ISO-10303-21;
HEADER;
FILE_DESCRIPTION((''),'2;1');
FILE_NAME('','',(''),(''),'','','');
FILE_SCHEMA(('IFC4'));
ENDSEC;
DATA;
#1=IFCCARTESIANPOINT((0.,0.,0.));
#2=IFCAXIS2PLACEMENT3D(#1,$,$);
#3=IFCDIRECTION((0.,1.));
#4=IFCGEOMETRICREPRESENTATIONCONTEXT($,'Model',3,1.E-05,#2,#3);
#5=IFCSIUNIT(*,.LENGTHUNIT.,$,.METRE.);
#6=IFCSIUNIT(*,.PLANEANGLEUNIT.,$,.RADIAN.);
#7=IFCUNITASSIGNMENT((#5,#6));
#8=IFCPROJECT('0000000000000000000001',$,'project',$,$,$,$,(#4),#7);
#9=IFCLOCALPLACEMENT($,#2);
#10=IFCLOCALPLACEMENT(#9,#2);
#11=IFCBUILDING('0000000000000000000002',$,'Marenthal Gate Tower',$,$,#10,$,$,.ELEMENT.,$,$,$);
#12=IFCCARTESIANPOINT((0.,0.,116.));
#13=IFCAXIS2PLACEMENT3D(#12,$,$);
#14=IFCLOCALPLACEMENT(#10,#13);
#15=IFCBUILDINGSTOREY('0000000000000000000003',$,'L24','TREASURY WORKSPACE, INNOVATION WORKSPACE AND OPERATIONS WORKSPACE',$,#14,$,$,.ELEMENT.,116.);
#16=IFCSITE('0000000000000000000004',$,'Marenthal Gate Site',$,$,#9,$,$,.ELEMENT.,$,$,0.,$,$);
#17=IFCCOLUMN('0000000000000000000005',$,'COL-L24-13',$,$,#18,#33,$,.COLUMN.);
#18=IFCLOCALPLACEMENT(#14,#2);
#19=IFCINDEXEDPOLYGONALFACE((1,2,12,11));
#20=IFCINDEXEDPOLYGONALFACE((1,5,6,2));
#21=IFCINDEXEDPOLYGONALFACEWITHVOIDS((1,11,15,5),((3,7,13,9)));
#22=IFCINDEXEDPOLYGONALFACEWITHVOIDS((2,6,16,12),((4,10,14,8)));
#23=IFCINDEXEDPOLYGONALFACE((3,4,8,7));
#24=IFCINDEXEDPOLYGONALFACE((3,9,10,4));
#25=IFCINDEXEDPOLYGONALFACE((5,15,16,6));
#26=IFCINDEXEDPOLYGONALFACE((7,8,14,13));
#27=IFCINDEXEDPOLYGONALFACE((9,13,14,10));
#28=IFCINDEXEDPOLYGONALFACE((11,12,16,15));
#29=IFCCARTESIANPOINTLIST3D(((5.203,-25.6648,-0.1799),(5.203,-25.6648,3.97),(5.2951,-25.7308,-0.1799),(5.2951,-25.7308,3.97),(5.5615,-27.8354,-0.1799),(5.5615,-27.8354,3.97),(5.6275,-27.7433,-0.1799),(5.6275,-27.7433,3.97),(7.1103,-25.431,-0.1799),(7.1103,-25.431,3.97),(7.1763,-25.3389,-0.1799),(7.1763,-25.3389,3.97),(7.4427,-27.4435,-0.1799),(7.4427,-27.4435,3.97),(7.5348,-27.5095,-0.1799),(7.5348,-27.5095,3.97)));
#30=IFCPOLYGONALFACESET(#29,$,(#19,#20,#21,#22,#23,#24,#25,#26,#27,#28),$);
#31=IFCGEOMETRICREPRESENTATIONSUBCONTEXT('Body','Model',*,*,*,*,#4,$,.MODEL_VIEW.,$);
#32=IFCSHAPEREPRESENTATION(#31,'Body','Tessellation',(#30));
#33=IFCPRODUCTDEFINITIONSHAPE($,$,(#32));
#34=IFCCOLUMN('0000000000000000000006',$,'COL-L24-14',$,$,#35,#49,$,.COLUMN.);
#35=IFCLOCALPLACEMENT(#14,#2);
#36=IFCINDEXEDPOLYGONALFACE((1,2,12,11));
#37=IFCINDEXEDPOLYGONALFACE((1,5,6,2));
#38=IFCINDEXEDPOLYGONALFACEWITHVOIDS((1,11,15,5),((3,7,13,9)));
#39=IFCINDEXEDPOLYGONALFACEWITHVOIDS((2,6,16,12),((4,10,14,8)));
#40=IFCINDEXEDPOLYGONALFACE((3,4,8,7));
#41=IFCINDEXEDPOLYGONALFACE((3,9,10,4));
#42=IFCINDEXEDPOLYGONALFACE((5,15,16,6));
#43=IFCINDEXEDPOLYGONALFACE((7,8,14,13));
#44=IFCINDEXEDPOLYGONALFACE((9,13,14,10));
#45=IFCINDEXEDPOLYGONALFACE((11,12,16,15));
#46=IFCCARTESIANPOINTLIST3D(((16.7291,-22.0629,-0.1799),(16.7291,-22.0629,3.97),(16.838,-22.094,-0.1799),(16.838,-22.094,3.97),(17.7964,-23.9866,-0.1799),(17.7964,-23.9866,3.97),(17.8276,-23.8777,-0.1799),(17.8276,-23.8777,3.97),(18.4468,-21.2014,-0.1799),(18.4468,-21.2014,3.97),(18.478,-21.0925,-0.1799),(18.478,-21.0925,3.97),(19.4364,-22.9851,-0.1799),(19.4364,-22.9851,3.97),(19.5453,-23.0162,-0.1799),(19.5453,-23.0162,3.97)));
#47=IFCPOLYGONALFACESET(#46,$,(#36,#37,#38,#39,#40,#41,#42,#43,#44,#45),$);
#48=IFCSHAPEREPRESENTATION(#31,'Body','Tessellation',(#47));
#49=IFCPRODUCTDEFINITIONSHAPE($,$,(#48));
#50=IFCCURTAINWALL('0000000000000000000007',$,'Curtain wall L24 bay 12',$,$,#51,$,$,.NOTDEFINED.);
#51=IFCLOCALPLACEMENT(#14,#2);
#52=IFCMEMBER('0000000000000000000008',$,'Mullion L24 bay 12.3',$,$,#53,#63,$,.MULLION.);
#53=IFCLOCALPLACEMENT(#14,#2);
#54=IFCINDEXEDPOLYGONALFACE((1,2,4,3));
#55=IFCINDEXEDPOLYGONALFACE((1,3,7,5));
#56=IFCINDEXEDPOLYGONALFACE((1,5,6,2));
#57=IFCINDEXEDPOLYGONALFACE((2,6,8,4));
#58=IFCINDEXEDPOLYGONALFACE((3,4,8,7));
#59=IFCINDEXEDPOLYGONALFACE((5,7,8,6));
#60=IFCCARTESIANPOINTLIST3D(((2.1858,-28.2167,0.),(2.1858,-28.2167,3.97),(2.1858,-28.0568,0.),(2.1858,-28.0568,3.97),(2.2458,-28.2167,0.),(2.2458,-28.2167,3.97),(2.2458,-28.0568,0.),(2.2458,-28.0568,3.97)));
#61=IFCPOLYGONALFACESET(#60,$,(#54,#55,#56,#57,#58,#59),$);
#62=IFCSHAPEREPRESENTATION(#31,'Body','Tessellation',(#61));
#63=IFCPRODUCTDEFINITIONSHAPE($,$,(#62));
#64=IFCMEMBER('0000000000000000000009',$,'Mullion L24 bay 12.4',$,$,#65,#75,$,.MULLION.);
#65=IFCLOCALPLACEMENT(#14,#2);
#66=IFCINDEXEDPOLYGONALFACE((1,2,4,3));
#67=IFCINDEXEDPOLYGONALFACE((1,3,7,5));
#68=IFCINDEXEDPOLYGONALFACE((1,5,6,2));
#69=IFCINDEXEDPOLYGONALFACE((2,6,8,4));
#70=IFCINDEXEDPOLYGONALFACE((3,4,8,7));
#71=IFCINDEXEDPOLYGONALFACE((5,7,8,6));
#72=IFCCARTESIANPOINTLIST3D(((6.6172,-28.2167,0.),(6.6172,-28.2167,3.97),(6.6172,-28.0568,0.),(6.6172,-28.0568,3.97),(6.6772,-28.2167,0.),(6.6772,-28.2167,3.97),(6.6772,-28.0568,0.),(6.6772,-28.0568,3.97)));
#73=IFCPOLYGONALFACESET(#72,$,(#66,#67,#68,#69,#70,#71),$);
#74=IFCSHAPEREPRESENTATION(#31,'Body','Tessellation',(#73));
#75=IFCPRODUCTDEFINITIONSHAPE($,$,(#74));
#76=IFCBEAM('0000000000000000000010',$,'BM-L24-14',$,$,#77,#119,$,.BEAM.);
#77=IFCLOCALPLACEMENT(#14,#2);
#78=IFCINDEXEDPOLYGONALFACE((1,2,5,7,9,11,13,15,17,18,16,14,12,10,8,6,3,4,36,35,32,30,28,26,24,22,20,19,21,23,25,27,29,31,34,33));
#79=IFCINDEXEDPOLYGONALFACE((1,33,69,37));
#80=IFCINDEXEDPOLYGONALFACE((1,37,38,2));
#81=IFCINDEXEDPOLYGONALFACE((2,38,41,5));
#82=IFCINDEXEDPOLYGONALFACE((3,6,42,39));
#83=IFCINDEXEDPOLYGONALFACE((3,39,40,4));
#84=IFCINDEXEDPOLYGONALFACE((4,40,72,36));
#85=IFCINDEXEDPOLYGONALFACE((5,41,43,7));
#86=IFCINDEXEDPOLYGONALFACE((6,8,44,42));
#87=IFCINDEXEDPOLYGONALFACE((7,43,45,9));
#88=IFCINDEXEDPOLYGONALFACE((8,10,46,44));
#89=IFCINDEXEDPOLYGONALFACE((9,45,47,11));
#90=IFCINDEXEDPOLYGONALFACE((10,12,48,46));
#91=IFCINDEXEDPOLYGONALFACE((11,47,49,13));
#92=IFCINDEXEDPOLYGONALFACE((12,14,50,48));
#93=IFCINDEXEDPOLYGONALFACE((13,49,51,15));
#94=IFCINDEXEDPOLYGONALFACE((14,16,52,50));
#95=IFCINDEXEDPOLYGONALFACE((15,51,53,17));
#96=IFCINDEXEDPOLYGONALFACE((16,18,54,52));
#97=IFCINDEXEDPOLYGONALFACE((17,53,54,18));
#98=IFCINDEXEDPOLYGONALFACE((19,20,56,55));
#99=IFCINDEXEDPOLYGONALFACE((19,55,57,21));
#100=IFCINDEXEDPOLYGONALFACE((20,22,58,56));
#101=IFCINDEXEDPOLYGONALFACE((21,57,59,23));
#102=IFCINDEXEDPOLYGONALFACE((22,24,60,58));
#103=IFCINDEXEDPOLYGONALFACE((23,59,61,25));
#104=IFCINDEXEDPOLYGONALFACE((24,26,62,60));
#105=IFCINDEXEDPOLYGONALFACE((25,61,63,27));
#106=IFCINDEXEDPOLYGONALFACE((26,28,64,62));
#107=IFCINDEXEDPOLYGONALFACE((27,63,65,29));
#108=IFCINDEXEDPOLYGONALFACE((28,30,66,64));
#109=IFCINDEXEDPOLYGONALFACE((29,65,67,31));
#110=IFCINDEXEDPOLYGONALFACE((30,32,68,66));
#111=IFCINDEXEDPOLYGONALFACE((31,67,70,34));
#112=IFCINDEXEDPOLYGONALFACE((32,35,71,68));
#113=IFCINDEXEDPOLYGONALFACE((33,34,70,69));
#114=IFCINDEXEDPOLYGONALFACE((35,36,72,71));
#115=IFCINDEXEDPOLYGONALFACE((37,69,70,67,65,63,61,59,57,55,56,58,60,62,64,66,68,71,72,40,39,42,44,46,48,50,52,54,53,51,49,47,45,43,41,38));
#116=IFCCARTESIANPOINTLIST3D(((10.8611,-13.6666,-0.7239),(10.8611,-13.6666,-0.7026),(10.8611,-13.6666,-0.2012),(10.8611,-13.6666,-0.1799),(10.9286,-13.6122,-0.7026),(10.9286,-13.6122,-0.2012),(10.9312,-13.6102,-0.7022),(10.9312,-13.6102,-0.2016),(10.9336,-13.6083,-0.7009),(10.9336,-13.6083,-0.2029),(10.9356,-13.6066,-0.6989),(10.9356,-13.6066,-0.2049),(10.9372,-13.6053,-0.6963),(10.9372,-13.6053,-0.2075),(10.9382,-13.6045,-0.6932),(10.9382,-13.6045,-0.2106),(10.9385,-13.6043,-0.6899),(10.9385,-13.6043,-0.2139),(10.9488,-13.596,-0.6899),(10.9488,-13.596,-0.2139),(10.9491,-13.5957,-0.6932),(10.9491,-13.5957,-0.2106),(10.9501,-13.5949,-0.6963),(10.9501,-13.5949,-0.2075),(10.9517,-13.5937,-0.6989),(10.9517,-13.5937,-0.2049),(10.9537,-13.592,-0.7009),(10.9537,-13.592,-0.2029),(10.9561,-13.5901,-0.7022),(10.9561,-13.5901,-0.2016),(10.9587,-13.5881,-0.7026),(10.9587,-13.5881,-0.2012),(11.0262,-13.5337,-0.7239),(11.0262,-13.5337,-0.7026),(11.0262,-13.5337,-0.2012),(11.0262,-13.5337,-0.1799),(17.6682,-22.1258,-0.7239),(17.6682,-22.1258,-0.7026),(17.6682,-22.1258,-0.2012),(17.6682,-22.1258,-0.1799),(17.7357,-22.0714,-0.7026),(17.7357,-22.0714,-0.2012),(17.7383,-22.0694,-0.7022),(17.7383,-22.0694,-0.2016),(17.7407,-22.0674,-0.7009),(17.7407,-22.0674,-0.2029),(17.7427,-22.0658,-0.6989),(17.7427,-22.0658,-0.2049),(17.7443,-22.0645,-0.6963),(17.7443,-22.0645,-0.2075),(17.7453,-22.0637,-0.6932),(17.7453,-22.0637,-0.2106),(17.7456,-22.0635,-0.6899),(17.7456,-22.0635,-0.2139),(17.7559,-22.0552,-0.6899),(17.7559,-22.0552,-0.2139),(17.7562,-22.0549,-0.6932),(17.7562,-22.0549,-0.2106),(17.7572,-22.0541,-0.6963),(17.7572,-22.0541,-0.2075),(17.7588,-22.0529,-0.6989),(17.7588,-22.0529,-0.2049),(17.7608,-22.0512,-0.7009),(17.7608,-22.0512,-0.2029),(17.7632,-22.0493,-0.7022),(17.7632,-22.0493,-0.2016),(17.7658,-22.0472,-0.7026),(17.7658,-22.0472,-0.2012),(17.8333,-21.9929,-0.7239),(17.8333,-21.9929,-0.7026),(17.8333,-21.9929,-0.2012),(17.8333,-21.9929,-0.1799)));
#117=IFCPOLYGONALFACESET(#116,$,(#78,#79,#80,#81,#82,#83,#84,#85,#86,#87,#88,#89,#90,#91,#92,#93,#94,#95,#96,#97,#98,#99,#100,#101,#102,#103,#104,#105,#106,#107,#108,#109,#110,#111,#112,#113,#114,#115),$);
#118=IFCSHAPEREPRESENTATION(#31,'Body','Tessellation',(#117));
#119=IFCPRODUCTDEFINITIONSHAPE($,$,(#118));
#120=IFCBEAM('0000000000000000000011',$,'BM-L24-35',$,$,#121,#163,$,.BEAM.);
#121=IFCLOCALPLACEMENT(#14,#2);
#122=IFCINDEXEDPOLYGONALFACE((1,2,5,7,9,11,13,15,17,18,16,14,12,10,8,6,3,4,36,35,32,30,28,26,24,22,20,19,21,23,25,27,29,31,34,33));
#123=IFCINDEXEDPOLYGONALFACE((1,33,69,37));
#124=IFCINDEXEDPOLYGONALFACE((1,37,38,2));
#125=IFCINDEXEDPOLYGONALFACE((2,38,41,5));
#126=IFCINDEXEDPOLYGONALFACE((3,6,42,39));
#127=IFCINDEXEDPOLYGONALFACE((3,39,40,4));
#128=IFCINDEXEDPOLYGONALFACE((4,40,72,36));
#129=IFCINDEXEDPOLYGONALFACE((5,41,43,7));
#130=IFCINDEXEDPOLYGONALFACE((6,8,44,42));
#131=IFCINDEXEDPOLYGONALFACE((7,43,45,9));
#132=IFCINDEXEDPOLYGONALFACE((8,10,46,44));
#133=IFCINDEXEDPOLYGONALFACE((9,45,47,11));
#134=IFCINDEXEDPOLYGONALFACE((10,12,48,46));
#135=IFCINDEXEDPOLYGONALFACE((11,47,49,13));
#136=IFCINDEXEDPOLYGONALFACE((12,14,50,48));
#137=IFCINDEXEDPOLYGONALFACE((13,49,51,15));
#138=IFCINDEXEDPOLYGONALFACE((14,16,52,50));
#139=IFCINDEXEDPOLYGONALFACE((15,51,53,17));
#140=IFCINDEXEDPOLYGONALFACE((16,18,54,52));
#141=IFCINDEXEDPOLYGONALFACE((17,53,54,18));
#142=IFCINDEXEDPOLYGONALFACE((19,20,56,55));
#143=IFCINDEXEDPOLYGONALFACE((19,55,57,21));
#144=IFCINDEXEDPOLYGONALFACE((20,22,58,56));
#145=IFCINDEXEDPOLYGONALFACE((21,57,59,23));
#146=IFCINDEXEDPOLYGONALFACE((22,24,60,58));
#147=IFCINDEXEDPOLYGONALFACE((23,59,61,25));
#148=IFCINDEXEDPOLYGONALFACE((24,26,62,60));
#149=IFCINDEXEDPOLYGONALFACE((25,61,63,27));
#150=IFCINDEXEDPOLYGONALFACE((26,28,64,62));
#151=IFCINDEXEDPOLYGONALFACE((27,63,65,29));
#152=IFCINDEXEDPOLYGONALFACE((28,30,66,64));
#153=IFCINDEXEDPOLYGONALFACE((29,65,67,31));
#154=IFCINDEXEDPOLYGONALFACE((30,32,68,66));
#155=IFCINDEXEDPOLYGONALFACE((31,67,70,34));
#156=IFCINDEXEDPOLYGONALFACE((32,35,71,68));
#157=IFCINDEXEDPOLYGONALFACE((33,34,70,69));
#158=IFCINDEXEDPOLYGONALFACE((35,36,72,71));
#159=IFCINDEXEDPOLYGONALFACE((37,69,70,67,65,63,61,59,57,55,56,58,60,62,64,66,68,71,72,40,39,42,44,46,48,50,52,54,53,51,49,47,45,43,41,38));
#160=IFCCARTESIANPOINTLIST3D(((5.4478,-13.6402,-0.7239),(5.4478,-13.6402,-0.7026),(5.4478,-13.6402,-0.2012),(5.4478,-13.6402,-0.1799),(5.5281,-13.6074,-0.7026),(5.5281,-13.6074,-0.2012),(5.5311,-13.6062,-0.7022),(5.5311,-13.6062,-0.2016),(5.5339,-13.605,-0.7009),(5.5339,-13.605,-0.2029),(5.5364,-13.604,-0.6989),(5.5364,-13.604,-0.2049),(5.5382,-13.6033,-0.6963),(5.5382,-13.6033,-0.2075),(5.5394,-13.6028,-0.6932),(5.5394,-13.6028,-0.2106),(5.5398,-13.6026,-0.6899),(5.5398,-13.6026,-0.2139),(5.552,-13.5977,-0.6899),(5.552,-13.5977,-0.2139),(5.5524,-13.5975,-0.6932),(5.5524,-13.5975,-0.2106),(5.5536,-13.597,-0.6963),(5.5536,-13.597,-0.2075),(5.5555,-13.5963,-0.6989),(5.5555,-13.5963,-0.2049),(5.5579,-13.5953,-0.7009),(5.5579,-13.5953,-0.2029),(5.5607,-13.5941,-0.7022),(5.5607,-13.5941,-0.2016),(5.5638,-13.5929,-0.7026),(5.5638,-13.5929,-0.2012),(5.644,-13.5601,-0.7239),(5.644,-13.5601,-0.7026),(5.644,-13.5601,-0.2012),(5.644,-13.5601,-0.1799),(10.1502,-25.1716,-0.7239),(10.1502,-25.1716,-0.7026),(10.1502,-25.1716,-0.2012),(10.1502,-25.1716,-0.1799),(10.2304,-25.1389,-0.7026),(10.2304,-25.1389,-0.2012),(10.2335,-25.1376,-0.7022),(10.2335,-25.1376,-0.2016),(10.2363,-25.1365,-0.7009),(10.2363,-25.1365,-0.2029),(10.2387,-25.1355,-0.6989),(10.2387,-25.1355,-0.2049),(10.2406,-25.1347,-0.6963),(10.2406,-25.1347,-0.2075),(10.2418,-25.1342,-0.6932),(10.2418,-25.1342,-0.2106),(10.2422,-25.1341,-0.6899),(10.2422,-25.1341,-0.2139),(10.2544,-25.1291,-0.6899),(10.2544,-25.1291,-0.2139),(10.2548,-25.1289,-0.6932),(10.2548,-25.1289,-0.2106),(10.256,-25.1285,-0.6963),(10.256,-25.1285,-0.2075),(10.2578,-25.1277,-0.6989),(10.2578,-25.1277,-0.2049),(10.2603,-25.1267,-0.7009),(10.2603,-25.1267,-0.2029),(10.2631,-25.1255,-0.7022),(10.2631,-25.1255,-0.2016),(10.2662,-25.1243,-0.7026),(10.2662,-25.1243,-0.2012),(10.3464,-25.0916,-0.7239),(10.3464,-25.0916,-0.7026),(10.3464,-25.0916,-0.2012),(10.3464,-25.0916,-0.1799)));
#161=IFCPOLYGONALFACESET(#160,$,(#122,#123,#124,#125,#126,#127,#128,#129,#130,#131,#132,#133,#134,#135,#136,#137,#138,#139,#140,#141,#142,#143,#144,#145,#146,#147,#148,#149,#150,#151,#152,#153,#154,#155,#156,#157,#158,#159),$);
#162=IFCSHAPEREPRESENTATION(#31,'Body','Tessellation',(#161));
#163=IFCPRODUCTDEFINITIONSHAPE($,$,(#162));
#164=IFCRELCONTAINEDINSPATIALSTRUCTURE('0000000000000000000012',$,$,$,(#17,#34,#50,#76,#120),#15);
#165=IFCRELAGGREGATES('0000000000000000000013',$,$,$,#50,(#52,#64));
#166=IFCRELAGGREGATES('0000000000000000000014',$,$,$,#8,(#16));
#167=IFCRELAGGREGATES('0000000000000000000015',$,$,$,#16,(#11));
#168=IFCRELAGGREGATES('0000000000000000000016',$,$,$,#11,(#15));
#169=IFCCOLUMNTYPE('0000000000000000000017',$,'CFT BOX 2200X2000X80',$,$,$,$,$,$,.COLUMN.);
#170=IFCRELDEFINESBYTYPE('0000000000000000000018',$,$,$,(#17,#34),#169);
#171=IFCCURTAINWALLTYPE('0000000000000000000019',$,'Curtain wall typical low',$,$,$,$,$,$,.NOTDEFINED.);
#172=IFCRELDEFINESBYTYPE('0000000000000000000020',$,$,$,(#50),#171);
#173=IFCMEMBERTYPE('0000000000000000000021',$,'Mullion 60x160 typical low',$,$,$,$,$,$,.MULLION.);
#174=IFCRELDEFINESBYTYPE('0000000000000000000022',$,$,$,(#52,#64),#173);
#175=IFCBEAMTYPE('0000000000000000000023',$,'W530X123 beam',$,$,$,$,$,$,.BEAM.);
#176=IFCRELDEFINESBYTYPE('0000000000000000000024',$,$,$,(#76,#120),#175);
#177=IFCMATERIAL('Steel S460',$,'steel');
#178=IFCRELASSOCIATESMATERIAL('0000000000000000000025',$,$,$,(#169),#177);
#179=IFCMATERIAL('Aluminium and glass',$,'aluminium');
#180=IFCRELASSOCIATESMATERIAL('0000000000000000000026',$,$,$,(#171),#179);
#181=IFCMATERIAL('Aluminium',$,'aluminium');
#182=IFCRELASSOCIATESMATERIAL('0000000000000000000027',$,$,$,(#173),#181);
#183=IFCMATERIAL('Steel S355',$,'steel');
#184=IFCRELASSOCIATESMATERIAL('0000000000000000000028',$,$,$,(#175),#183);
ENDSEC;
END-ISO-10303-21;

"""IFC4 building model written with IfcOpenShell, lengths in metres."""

from ifc_helpers import new_model, si_unit, direction, frame, origin, origin_2d, place, context, subcontext, project, spatial, rectangle, hollow_rectangle, i_section, extrude, material, material_profile, profile_set, type_object, element, aggregate, save


model = new_model("IFC4")

# Units and contexts
model_context = context("Model", 3, precision=1e-05, world=origin(), true_north=direction((0.0, 1.0)))
body_context = subcontext(model_context, "Body", "Model", "MODEL_VIEW")
ifc_project = project(units=[si_unit("LENGTHUNIT", "METRE"), si_unit("PLANEANGLEUNIT", "RADIAN")], contexts=[model_context])

# Site, building, storey
site_placement = place(None, origin())
site = spatial("IfcSite", under=ifc_project, at=site_placement, Name="Marenthal Gate Site", CompositionType="ELEMENT", RefElevation=0.0)
building_placement = place(site_placement, origin())
building = spatial("IfcBuilding", under=site, at=building_placement, Name="Marenthal Gate Tower", CompositionType="ELEMENT")
storey_placement = place(building_placement, frame((0.0, 0.0, 116.0)))
storey = spatial("IfcBuildingStorey", under=building, at=storey_placement, Name="L24", Description="TREASURY WORKSPACE, INNOVATION WORKSPACE AND OPERATIONS WORKSPACE", CompositionType="ELEMENT", Elevation=116.0)

# Columns
ifc_material_1 = material(Name="Steel S460", Category="steel")
ifc_material_profile_1 = material_profile(ifc_material_1, hollow_rectangle(XDim=2.0, YDim=2.2, WallThickness=0.0801, at=origin_2d()), Name="CFT BOX 2200X2000X80")
ifc_material_2 = material(Name="Concrete 70 MPa", Category="concrete")
ifc_material_profile_2 = material_profile(ifc_material_2, rectangle(XDim=1.8401, YDim=2.04, at=origin_2d()), Name="CFT BOX 2200X2000X80 INFILL")
ifc_profile_set_1 = profile_set([ifc_material_profile_1, ifc_material_profile_2], Name="Steel S460 shell, Concrete 70 MPa infill")
column_type = type_object("IfcColumnType", Name="CFT BOX 2200X2000X80", PredefinedType="COLUMN", material=ifc_profile_set_1)
for number, where, z_axis, x_axis, name in (
    (1, (6.3689, -26.5872, -0.1799), (0.0, 0.0, 1.0), (-0.986633, -0.162961, 0.0), "COL-L24-13"),
    (2, (18.1372, -22.5396, -0.1799), (0.0, 0.0, 1.0), (-0.874427, -0.485158, 0.0), "COL-L24-14"),
):
    element("IfcColumn", number, at=place(storey_placement, frame(where, z_axis=z_axis, x_axis=x_axis)), inside=storey, type_object=column_type, Name=name, PredefinedType="COLUMN", context=body_context, shape_type="SweptSolid", body=[
        extrude(hollow_rectangle(XDim=2.0, YDim=2.2, WallThickness=0.0801, at=origin_2d()), origin(), (0.0, 0.0, 1.0), 4.1499),
    ])

# Curtain wall, members
ifc_material_3 = material(Name="Aluminium and glass", Category="aluminium")
curtain_wall_type = type_object("IfcCurtainWallType", Name="Curtain wall typical low", PredefinedType="NOTDEFINED", material=ifc_material_3)
curtain_wall_placement = place(storey_placement, origin())
curtain_wall = element("IfcCurtainWall", 3, at=curtain_wall_placement, inside=storey, type_object=curtain_wall_type, Name="Curtain wall L24 bay 12", PredefinedType="NOTDEFINED")
ifc_material_4 = material(Name="Aluminium", Category="aluminium")
ifc_material_profile_3 = material_profile(ifc_material_4, rectangle(XDim=0.1599, YDim=0.0601, at=origin_2d()), Name="60x160 aluminium mullion")
ifc_profile_set_2 = profile_set([ifc_material_profile_3], Name="Aluminium")
member_type = type_object("IfcMemberType", Name="Mullion 60x160 typical low", PredefinedType="MULLION", material=ifc_profile_set_2)
member_1_placement = place(storey_placement, frame((2.2158, -28.1367, 0.0), z_axis=(0.0, 0.0, 1.0), x_axis=(0.0, 1.0, 0.0)))
member_1 = element("IfcMember", 4, at=member_1_placement, type_object=member_type, Name="Mullion L24 bay 12.3", PredefinedType="MULLION", context=body_context, shape_type="SweptSolid", body=[
    extrude(rectangle(XDim=0.1599, YDim=0.0601, at=origin_2d()), origin(), (0.0, 0.0, 1.0), 3.97),
])
member_2_placement = place(storey_placement, frame((6.6472, -28.1367, 0.0), z_axis=(0.0, 0.0, 1.0), x_axis=(0.0, 1.0, 0.0)))
member_2 = element("IfcMember", 5, at=member_2_placement, type_object=member_type, Name="Mullion L24 bay 12.4", PredefinedType="MULLION", context=body_context, shape_type="SweptSolid", body=[
    extrude(rectangle(XDim=0.1599, YDim=0.0601, at=origin_2d()), origin(), (0.0, 0.0, 1.0), 3.97),
])

# Beams
ifc_material_5 = material(Name="Steel S355", Category="steel")
ifc_material_profile_4 = material_profile(ifc_material_5, i_section(OverallWidth=0.2119, OverallDepth=0.5439, WebThickness=0.0132, FlangeThickness=0.0212, FilletRadius=0.0127, at=origin_2d()), Name="W530X123")
ifc_profile_set_3 = profile_set([ifc_material_profile_4], Name="Steel S355")
beam_type_1 = type_object("IfcBeamType", Name="W530X123 beam", PredefinedType="BEAM", material=ifc_profile_set_3)
beam_1_placement = place(storey_placement, frame((17.7507, -22.0593, -0.4519), z_axis=(-0.626925, 0.77908, 0.0), x_axis=(-0.77908, -0.626925, 0.0)))
element("IfcBeam", 6, at=beam_1_placement, inside=storey, type_object=beam_type_1, Name="BM-L24-14", PredefinedType="BEAM", context=body_context, shape_type="SweptSolid", body=[
    extrude(i_section(OverallWidth=0.2119, OverallDepth=0.5439, WebThickness=0.0132, FlangeThickness=0.0212, FilletRadius=0.0127, at=origin_2d()), origin(), (0.0, 0.0, 1.0), 10.8579),
])
beam_2_placement = place(storey_placement, frame((10.2483, -25.1316, -0.4519), z_axis=(-0.377598, 0.92597, 0.0), x_axis=(-0.92597, -0.377598, 0.0)))
element("IfcBeam", 7, at=beam_2_placement, inside=storey, type_object=beam_type_1, Name="BM-L24-35", PredefinedType="BEAM", context=body_context, shape_type="SweptSolid", body=[
    extrude(i_section(OverallWidth=0.2119, OverallDepth=0.5439, WebThickness=0.0132, FlangeThickness=0.0212, FilletRadius=0.0127, at=origin_2d()), origin(), (0.0, 0.0, 1.0), 12.4534),
])

aggregate(curtain_wall, [member_1, member_2])

save(model, "model.ifc")
